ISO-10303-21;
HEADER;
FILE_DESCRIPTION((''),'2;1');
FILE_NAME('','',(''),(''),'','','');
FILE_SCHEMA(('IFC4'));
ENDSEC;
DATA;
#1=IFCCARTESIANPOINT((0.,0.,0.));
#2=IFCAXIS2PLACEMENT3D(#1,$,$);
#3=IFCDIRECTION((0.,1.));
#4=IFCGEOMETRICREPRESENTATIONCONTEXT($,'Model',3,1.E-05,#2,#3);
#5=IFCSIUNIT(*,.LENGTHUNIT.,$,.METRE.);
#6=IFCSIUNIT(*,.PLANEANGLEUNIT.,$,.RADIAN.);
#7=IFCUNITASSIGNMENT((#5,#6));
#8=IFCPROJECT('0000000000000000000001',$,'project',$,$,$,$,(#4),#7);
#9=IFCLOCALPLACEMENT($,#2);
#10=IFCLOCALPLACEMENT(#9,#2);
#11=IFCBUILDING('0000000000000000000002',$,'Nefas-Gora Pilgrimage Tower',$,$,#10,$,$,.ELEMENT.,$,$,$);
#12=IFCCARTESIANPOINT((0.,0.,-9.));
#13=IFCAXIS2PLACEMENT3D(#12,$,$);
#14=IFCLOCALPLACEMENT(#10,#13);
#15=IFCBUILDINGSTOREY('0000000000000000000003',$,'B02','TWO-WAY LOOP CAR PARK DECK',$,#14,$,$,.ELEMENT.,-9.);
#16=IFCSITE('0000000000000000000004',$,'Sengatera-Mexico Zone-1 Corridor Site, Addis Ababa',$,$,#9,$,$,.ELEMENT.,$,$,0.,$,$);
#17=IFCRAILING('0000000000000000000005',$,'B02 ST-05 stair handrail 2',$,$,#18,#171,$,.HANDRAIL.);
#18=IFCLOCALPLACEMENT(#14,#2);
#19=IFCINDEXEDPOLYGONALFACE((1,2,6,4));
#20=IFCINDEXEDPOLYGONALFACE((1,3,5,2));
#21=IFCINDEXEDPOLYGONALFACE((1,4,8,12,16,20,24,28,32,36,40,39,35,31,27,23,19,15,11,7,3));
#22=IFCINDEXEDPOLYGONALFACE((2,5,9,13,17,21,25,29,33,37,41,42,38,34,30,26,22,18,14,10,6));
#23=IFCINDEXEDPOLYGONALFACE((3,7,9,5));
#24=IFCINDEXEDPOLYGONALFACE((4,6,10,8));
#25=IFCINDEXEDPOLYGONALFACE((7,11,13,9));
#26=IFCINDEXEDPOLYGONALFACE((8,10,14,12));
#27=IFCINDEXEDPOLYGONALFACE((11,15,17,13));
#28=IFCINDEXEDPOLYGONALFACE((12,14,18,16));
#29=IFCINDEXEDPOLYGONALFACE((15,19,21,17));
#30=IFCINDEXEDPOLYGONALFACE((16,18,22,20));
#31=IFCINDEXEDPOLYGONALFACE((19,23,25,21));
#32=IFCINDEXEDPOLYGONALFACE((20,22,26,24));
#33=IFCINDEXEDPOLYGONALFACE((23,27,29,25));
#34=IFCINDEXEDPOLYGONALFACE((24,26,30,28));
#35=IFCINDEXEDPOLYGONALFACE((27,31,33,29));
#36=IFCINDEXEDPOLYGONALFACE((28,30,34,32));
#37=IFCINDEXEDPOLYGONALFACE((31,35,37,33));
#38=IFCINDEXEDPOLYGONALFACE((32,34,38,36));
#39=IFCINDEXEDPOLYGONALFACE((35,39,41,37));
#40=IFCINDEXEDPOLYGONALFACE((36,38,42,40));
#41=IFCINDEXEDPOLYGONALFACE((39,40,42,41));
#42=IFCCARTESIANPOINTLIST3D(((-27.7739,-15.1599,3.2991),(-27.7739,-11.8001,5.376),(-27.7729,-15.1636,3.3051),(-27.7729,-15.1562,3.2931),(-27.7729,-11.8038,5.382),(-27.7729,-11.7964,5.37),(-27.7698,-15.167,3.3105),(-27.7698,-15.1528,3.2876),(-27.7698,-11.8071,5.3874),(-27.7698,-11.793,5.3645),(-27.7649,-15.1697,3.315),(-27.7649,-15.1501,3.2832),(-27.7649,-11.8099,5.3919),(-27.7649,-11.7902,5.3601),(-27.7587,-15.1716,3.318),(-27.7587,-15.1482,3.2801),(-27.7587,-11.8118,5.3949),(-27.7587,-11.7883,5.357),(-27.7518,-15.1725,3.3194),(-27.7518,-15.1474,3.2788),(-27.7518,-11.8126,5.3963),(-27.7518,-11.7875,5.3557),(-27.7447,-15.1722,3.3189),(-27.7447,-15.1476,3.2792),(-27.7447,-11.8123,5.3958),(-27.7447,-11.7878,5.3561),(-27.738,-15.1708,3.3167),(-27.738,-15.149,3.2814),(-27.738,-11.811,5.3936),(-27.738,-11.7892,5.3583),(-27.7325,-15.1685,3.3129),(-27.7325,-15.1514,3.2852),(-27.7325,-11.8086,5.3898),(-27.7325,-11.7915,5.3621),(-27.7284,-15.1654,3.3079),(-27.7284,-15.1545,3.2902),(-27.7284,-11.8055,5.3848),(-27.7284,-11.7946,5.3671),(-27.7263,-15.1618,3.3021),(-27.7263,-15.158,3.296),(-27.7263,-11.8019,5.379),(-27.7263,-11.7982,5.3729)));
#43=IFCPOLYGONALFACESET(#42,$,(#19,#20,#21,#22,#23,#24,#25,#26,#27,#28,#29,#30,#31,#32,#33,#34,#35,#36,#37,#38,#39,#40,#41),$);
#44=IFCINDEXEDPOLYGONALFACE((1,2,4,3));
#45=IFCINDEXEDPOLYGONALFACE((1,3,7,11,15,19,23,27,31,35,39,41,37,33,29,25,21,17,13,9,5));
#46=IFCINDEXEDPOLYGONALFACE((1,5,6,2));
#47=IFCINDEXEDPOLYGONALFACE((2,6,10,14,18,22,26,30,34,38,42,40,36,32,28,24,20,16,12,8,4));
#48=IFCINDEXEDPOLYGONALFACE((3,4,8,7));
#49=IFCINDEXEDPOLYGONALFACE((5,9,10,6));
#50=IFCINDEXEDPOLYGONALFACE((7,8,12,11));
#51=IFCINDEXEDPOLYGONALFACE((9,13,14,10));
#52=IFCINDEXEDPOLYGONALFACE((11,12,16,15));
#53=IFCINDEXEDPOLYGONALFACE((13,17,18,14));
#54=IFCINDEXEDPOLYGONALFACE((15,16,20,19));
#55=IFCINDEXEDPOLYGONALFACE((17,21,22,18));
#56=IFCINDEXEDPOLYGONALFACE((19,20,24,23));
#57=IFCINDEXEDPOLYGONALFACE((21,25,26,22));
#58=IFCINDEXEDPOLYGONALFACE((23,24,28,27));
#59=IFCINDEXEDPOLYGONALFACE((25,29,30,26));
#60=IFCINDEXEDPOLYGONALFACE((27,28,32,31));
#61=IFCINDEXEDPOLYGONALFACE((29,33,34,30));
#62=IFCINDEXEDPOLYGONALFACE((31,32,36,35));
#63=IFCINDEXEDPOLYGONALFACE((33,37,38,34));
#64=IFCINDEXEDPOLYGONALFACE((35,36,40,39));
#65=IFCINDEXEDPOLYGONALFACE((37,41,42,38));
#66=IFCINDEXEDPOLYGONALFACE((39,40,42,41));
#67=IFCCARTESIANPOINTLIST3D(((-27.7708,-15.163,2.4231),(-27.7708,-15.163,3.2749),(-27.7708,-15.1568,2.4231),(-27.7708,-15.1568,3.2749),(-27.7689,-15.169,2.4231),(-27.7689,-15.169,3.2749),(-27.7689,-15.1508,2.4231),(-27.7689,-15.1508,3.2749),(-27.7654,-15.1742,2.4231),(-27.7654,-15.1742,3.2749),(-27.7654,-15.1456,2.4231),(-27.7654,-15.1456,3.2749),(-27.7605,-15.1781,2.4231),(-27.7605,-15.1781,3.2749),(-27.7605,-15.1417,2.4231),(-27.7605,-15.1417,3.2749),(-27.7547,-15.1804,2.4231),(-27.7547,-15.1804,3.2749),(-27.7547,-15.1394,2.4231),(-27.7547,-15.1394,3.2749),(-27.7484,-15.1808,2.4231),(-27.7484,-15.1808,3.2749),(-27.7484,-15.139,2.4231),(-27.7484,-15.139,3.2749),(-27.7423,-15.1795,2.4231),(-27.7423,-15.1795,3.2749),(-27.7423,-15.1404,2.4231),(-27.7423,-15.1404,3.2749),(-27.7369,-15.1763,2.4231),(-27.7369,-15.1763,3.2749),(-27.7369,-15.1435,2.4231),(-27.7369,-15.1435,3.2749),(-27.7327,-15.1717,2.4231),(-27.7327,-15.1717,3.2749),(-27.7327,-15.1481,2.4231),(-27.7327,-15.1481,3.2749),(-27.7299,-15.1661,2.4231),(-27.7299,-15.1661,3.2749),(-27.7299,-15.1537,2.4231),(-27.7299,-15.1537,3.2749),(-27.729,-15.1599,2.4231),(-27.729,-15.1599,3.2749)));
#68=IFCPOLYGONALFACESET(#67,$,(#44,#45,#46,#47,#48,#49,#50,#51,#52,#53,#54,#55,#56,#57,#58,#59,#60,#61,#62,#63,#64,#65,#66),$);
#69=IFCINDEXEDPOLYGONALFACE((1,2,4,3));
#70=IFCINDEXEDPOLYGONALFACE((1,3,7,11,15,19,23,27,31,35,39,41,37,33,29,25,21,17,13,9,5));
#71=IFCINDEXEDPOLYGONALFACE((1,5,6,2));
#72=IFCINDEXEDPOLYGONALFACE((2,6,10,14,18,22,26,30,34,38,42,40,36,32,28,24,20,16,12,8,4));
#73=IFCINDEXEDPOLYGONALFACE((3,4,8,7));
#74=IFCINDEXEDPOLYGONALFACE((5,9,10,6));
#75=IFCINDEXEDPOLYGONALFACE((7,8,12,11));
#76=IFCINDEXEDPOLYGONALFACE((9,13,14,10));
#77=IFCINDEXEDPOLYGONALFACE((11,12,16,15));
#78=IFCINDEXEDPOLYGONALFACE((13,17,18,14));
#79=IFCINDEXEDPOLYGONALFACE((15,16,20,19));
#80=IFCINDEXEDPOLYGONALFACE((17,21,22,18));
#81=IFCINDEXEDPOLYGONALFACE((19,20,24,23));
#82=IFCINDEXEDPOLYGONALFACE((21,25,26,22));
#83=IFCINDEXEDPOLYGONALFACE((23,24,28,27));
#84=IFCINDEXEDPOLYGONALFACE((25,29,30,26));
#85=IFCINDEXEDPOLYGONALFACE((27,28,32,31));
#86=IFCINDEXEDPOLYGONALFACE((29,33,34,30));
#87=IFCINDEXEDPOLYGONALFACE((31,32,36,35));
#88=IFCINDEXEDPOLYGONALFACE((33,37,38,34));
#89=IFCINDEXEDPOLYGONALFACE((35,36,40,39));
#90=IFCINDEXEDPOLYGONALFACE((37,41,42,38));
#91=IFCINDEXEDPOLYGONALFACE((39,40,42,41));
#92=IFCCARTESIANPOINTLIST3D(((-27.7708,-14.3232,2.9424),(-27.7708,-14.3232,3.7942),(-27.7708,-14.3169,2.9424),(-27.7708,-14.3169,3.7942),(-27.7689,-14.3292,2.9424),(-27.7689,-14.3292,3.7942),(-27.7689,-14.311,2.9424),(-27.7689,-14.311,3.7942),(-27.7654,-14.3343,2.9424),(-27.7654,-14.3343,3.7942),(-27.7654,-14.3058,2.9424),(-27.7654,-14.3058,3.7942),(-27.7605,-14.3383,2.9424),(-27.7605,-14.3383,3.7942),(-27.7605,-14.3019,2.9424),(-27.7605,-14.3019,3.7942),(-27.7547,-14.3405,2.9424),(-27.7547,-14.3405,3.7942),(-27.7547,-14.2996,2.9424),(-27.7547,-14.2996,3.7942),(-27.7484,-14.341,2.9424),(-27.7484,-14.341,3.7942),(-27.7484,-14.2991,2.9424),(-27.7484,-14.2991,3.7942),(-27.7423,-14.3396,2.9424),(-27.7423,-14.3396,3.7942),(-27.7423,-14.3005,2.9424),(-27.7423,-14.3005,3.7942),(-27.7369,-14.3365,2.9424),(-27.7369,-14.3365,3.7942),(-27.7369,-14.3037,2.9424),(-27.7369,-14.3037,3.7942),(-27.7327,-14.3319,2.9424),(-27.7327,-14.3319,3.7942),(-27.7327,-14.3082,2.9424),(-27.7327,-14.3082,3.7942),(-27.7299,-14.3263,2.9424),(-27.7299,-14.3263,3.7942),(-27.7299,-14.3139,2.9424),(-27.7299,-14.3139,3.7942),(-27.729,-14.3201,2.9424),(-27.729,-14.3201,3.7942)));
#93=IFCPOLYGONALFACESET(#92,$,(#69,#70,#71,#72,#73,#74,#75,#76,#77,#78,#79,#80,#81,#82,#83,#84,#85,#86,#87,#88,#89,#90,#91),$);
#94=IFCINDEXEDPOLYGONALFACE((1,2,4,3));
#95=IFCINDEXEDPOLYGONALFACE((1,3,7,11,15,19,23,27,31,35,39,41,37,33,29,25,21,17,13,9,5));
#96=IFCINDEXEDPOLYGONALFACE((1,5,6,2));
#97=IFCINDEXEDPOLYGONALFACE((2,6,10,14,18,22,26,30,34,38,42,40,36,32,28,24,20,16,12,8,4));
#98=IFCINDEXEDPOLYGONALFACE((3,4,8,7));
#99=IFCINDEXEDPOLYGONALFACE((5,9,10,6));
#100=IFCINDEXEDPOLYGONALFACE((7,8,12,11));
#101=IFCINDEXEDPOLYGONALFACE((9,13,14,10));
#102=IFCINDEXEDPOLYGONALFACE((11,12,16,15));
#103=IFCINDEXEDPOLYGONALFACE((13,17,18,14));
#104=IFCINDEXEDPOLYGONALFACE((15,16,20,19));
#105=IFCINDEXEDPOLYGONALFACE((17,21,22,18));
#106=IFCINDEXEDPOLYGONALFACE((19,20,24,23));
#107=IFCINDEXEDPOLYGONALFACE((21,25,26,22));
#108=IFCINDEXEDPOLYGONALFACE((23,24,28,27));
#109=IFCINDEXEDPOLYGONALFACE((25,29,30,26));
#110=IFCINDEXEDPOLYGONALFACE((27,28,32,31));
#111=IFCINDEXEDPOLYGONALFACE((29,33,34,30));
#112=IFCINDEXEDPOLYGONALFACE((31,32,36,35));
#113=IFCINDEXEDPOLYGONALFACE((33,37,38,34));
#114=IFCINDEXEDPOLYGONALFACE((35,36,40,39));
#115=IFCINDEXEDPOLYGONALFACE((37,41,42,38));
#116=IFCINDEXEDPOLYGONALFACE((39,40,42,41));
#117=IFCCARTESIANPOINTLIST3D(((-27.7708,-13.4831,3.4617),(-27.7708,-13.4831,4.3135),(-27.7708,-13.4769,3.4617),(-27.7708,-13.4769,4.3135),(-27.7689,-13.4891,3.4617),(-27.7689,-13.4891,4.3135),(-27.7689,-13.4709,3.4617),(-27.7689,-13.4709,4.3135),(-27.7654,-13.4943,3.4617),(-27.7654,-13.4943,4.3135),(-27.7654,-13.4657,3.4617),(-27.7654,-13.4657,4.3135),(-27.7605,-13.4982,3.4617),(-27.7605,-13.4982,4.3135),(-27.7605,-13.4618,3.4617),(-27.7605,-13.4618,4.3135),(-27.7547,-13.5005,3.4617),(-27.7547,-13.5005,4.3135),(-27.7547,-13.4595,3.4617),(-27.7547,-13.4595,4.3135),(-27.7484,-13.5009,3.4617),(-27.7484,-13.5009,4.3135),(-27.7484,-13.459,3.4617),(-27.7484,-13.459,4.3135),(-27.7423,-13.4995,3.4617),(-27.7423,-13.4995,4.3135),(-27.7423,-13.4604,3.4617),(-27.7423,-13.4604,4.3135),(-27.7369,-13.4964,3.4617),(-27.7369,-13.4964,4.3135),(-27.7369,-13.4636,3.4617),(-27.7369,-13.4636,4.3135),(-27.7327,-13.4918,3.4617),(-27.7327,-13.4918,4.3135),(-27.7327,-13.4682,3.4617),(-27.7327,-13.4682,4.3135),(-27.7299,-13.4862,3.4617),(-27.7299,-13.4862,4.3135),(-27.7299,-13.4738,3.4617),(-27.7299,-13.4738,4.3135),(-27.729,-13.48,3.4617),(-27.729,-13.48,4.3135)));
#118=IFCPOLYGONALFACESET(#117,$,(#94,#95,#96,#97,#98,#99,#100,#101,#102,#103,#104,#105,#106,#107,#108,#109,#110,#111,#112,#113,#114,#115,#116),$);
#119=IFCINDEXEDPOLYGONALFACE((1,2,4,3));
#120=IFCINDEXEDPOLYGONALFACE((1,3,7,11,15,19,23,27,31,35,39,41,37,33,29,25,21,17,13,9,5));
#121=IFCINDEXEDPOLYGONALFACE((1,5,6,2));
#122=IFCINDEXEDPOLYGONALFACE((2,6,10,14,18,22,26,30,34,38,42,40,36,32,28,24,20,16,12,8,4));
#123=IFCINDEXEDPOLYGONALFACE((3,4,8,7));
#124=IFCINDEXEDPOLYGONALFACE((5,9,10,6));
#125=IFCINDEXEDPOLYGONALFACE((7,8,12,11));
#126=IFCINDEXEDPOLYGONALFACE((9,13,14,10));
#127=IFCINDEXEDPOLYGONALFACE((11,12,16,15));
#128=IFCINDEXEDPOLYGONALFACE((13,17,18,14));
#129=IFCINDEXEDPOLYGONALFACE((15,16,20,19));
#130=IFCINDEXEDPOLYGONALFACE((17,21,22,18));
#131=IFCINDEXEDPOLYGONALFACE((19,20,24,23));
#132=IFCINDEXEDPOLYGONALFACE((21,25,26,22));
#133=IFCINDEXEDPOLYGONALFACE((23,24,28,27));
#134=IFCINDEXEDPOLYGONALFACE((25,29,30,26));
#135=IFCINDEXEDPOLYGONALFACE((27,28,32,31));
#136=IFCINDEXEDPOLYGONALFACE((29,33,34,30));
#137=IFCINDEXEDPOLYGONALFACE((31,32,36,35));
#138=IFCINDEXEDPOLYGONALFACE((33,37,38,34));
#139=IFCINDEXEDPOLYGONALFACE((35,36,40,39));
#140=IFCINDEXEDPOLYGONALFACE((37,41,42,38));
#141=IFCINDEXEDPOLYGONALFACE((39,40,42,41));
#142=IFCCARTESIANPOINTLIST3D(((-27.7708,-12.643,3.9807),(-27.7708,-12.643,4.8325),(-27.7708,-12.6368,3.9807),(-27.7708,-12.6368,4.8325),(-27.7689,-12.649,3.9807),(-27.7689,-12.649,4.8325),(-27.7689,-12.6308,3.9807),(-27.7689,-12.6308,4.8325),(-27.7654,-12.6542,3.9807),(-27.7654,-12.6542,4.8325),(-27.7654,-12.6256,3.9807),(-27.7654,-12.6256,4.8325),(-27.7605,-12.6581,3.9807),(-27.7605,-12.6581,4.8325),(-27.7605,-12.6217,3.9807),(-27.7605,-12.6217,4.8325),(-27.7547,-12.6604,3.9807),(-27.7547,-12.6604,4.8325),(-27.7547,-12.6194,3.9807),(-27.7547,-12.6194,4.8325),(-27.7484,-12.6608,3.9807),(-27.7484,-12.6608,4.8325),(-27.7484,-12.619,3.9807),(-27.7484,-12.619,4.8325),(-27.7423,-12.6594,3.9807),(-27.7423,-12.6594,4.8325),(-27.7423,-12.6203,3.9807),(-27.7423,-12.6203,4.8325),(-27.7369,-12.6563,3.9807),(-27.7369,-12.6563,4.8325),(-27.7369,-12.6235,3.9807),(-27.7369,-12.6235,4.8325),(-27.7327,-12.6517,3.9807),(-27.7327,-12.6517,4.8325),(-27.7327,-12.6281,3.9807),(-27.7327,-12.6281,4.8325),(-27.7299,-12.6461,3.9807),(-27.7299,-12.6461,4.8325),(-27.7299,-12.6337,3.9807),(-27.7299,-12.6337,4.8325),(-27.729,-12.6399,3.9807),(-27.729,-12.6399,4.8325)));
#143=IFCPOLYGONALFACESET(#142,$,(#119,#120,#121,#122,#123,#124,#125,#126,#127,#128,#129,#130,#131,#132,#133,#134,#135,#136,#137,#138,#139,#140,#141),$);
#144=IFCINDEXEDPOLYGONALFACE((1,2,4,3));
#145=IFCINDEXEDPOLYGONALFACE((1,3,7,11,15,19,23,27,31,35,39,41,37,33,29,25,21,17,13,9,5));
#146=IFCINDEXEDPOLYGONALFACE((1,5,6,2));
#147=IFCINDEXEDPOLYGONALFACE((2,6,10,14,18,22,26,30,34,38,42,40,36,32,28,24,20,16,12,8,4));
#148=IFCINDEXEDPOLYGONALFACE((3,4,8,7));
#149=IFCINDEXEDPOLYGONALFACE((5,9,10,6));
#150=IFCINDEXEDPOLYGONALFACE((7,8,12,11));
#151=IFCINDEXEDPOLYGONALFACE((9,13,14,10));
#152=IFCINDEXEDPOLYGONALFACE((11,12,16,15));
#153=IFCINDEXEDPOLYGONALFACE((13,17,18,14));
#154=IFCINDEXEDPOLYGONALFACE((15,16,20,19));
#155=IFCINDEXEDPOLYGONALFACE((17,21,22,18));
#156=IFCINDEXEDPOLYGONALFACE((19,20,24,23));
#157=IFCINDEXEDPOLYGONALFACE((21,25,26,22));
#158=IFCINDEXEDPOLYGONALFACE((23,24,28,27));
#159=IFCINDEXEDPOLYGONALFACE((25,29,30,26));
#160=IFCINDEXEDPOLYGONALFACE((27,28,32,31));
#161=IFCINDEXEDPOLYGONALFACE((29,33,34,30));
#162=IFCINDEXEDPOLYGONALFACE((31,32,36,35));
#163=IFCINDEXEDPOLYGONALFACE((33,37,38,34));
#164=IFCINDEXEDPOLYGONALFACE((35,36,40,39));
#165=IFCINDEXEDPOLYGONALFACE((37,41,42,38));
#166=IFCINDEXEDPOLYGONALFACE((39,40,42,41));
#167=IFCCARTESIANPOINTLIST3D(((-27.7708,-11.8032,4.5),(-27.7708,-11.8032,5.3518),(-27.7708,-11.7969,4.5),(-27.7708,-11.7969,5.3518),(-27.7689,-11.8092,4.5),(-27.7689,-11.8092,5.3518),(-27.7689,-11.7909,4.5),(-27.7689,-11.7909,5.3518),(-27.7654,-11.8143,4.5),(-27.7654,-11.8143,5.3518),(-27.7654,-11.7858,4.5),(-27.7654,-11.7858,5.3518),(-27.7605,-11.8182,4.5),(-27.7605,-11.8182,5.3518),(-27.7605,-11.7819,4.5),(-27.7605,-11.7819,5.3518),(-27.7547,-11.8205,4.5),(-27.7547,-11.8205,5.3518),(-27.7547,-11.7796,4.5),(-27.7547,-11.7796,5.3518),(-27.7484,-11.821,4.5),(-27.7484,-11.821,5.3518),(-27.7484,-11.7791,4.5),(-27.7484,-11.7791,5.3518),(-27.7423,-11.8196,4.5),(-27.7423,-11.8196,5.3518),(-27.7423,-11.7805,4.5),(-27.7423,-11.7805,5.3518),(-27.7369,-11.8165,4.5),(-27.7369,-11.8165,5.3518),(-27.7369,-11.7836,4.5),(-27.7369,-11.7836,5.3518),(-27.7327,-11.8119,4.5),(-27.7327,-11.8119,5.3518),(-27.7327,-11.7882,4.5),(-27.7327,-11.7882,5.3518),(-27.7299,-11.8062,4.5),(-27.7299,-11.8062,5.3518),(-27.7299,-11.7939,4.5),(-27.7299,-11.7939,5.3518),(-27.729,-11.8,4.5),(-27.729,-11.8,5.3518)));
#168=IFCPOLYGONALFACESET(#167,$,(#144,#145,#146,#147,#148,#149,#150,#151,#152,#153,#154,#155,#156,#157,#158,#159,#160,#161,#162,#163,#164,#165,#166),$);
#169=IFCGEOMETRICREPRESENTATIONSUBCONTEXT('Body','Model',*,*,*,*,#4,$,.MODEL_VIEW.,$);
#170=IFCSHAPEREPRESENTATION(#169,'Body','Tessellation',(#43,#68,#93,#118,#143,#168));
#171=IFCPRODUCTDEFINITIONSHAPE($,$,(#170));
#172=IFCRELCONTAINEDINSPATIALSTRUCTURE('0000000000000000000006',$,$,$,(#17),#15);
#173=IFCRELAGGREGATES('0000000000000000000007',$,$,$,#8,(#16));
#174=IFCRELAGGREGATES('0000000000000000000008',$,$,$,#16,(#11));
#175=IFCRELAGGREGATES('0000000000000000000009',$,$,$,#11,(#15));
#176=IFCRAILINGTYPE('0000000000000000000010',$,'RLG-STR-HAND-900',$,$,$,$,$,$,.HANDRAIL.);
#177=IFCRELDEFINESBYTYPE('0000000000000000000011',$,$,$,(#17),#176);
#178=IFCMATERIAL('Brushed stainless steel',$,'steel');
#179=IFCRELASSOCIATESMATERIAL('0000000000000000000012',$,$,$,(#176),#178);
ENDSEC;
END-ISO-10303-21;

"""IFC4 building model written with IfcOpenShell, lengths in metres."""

from ifc_helpers import new_model, si_unit, direction, frame, origin, origin_2d, place, context, subcontext, project, spatial, circle, extrude, material, type_object, element, save


model = new_model("IFC4")

# Units and contexts
model_context = context("Model", 3, precision=1e-05, world=origin(), true_north=direction((0.0, 1.0)))
body_context = subcontext(model_context, "Body", "Model", "MODEL_VIEW")
ifc_project = project(units=[si_unit("LENGTHUNIT", "METRE"), si_unit("PLANEANGLEUNIT", "RADIAN")], contexts=[model_context])

# Site, building, storey
site_placement = place(None, origin())
site = spatial("IfcSite", under=ifc_project, at=site_placement, Name="Sengatera-Mexico Zone-1 Corridor Site, Addis Ababa", CompositionType="ELEMENT", RefElevation=0.0)
building_placement = place(site_placement, origin())
building = spatial("IfcBuilding", under=site, at=building_placement, Name="Nefas-Gora Pilgrimage Tower", CompositionType="ELEMENT")
storey_placement = place(building_placement, frame((0.0, 0.0, -9.0)))
storey = spatial("IfcBuildingStorey", under=building, at=storey_placement, Name="B02", Description="TWO-WAY LOOP CAR PARK DECK", CompositionType="ELEMENT", Elevation=-9.0)

# Railing
ifc_material_1 = material(Name="Brushed stainless steel", Category="steel")
railing_type_1 = type_object("IfcRailingType", Name="RLG-STR-HAND-900", PredefinedType="HANDRAIL", material=ifc_material_1)
railing_1_placement = place(storey_placement, frame((-27.75, -15.1599, 2.4231)))
element("IfcRailing", 1, at=railing_1_placement, inside=storey, type_object=railing_type_1, Name="B02 ST-05 stair handrail 2", PredefinedType="HANDRAIL", context=body_context, shape_type="SweptSolid", body=[
    extrude(circle(Radius=0.0239, at=origin_2d()), frame((0.0, 0.0, 0.876), z_axis=(0.0, 0.850606, 0.525803), x_axis=(-1.0, 0.0, 0.0)), (0.0, 0.0, 1.0), 3.95),
    extrude(circle(Radius=0.021, at=origin_2d()), origin(), (0.0, 0.0, 1.0), 0.8518),
    extrude(circle(Radius=0.021, at=origin_2d()), frame((0.0, 0.8398, 0.5193)), (0.0, 0.0, 1.0), 0.8518),
    extrude(circle(Radius=0.021, at=origin_2d()), frame((0.0, 1.6799, 1.0386)), (0.0, 0.0, 1.0), 0.8518),
    extrude(circle(Radius=0.021, at=origin_2d()), frame((0.0, 2.52, 1.5576)), (0.0, 0.0, 1.0), 0.8518),
    extrude(circle(Radius=0.021, at=origin_2d()), frame((0.0, 3.3599, 2.0769)), (0.0, 0.0, 1.0), 0.8518),
])

save(model, "model.ifc")
